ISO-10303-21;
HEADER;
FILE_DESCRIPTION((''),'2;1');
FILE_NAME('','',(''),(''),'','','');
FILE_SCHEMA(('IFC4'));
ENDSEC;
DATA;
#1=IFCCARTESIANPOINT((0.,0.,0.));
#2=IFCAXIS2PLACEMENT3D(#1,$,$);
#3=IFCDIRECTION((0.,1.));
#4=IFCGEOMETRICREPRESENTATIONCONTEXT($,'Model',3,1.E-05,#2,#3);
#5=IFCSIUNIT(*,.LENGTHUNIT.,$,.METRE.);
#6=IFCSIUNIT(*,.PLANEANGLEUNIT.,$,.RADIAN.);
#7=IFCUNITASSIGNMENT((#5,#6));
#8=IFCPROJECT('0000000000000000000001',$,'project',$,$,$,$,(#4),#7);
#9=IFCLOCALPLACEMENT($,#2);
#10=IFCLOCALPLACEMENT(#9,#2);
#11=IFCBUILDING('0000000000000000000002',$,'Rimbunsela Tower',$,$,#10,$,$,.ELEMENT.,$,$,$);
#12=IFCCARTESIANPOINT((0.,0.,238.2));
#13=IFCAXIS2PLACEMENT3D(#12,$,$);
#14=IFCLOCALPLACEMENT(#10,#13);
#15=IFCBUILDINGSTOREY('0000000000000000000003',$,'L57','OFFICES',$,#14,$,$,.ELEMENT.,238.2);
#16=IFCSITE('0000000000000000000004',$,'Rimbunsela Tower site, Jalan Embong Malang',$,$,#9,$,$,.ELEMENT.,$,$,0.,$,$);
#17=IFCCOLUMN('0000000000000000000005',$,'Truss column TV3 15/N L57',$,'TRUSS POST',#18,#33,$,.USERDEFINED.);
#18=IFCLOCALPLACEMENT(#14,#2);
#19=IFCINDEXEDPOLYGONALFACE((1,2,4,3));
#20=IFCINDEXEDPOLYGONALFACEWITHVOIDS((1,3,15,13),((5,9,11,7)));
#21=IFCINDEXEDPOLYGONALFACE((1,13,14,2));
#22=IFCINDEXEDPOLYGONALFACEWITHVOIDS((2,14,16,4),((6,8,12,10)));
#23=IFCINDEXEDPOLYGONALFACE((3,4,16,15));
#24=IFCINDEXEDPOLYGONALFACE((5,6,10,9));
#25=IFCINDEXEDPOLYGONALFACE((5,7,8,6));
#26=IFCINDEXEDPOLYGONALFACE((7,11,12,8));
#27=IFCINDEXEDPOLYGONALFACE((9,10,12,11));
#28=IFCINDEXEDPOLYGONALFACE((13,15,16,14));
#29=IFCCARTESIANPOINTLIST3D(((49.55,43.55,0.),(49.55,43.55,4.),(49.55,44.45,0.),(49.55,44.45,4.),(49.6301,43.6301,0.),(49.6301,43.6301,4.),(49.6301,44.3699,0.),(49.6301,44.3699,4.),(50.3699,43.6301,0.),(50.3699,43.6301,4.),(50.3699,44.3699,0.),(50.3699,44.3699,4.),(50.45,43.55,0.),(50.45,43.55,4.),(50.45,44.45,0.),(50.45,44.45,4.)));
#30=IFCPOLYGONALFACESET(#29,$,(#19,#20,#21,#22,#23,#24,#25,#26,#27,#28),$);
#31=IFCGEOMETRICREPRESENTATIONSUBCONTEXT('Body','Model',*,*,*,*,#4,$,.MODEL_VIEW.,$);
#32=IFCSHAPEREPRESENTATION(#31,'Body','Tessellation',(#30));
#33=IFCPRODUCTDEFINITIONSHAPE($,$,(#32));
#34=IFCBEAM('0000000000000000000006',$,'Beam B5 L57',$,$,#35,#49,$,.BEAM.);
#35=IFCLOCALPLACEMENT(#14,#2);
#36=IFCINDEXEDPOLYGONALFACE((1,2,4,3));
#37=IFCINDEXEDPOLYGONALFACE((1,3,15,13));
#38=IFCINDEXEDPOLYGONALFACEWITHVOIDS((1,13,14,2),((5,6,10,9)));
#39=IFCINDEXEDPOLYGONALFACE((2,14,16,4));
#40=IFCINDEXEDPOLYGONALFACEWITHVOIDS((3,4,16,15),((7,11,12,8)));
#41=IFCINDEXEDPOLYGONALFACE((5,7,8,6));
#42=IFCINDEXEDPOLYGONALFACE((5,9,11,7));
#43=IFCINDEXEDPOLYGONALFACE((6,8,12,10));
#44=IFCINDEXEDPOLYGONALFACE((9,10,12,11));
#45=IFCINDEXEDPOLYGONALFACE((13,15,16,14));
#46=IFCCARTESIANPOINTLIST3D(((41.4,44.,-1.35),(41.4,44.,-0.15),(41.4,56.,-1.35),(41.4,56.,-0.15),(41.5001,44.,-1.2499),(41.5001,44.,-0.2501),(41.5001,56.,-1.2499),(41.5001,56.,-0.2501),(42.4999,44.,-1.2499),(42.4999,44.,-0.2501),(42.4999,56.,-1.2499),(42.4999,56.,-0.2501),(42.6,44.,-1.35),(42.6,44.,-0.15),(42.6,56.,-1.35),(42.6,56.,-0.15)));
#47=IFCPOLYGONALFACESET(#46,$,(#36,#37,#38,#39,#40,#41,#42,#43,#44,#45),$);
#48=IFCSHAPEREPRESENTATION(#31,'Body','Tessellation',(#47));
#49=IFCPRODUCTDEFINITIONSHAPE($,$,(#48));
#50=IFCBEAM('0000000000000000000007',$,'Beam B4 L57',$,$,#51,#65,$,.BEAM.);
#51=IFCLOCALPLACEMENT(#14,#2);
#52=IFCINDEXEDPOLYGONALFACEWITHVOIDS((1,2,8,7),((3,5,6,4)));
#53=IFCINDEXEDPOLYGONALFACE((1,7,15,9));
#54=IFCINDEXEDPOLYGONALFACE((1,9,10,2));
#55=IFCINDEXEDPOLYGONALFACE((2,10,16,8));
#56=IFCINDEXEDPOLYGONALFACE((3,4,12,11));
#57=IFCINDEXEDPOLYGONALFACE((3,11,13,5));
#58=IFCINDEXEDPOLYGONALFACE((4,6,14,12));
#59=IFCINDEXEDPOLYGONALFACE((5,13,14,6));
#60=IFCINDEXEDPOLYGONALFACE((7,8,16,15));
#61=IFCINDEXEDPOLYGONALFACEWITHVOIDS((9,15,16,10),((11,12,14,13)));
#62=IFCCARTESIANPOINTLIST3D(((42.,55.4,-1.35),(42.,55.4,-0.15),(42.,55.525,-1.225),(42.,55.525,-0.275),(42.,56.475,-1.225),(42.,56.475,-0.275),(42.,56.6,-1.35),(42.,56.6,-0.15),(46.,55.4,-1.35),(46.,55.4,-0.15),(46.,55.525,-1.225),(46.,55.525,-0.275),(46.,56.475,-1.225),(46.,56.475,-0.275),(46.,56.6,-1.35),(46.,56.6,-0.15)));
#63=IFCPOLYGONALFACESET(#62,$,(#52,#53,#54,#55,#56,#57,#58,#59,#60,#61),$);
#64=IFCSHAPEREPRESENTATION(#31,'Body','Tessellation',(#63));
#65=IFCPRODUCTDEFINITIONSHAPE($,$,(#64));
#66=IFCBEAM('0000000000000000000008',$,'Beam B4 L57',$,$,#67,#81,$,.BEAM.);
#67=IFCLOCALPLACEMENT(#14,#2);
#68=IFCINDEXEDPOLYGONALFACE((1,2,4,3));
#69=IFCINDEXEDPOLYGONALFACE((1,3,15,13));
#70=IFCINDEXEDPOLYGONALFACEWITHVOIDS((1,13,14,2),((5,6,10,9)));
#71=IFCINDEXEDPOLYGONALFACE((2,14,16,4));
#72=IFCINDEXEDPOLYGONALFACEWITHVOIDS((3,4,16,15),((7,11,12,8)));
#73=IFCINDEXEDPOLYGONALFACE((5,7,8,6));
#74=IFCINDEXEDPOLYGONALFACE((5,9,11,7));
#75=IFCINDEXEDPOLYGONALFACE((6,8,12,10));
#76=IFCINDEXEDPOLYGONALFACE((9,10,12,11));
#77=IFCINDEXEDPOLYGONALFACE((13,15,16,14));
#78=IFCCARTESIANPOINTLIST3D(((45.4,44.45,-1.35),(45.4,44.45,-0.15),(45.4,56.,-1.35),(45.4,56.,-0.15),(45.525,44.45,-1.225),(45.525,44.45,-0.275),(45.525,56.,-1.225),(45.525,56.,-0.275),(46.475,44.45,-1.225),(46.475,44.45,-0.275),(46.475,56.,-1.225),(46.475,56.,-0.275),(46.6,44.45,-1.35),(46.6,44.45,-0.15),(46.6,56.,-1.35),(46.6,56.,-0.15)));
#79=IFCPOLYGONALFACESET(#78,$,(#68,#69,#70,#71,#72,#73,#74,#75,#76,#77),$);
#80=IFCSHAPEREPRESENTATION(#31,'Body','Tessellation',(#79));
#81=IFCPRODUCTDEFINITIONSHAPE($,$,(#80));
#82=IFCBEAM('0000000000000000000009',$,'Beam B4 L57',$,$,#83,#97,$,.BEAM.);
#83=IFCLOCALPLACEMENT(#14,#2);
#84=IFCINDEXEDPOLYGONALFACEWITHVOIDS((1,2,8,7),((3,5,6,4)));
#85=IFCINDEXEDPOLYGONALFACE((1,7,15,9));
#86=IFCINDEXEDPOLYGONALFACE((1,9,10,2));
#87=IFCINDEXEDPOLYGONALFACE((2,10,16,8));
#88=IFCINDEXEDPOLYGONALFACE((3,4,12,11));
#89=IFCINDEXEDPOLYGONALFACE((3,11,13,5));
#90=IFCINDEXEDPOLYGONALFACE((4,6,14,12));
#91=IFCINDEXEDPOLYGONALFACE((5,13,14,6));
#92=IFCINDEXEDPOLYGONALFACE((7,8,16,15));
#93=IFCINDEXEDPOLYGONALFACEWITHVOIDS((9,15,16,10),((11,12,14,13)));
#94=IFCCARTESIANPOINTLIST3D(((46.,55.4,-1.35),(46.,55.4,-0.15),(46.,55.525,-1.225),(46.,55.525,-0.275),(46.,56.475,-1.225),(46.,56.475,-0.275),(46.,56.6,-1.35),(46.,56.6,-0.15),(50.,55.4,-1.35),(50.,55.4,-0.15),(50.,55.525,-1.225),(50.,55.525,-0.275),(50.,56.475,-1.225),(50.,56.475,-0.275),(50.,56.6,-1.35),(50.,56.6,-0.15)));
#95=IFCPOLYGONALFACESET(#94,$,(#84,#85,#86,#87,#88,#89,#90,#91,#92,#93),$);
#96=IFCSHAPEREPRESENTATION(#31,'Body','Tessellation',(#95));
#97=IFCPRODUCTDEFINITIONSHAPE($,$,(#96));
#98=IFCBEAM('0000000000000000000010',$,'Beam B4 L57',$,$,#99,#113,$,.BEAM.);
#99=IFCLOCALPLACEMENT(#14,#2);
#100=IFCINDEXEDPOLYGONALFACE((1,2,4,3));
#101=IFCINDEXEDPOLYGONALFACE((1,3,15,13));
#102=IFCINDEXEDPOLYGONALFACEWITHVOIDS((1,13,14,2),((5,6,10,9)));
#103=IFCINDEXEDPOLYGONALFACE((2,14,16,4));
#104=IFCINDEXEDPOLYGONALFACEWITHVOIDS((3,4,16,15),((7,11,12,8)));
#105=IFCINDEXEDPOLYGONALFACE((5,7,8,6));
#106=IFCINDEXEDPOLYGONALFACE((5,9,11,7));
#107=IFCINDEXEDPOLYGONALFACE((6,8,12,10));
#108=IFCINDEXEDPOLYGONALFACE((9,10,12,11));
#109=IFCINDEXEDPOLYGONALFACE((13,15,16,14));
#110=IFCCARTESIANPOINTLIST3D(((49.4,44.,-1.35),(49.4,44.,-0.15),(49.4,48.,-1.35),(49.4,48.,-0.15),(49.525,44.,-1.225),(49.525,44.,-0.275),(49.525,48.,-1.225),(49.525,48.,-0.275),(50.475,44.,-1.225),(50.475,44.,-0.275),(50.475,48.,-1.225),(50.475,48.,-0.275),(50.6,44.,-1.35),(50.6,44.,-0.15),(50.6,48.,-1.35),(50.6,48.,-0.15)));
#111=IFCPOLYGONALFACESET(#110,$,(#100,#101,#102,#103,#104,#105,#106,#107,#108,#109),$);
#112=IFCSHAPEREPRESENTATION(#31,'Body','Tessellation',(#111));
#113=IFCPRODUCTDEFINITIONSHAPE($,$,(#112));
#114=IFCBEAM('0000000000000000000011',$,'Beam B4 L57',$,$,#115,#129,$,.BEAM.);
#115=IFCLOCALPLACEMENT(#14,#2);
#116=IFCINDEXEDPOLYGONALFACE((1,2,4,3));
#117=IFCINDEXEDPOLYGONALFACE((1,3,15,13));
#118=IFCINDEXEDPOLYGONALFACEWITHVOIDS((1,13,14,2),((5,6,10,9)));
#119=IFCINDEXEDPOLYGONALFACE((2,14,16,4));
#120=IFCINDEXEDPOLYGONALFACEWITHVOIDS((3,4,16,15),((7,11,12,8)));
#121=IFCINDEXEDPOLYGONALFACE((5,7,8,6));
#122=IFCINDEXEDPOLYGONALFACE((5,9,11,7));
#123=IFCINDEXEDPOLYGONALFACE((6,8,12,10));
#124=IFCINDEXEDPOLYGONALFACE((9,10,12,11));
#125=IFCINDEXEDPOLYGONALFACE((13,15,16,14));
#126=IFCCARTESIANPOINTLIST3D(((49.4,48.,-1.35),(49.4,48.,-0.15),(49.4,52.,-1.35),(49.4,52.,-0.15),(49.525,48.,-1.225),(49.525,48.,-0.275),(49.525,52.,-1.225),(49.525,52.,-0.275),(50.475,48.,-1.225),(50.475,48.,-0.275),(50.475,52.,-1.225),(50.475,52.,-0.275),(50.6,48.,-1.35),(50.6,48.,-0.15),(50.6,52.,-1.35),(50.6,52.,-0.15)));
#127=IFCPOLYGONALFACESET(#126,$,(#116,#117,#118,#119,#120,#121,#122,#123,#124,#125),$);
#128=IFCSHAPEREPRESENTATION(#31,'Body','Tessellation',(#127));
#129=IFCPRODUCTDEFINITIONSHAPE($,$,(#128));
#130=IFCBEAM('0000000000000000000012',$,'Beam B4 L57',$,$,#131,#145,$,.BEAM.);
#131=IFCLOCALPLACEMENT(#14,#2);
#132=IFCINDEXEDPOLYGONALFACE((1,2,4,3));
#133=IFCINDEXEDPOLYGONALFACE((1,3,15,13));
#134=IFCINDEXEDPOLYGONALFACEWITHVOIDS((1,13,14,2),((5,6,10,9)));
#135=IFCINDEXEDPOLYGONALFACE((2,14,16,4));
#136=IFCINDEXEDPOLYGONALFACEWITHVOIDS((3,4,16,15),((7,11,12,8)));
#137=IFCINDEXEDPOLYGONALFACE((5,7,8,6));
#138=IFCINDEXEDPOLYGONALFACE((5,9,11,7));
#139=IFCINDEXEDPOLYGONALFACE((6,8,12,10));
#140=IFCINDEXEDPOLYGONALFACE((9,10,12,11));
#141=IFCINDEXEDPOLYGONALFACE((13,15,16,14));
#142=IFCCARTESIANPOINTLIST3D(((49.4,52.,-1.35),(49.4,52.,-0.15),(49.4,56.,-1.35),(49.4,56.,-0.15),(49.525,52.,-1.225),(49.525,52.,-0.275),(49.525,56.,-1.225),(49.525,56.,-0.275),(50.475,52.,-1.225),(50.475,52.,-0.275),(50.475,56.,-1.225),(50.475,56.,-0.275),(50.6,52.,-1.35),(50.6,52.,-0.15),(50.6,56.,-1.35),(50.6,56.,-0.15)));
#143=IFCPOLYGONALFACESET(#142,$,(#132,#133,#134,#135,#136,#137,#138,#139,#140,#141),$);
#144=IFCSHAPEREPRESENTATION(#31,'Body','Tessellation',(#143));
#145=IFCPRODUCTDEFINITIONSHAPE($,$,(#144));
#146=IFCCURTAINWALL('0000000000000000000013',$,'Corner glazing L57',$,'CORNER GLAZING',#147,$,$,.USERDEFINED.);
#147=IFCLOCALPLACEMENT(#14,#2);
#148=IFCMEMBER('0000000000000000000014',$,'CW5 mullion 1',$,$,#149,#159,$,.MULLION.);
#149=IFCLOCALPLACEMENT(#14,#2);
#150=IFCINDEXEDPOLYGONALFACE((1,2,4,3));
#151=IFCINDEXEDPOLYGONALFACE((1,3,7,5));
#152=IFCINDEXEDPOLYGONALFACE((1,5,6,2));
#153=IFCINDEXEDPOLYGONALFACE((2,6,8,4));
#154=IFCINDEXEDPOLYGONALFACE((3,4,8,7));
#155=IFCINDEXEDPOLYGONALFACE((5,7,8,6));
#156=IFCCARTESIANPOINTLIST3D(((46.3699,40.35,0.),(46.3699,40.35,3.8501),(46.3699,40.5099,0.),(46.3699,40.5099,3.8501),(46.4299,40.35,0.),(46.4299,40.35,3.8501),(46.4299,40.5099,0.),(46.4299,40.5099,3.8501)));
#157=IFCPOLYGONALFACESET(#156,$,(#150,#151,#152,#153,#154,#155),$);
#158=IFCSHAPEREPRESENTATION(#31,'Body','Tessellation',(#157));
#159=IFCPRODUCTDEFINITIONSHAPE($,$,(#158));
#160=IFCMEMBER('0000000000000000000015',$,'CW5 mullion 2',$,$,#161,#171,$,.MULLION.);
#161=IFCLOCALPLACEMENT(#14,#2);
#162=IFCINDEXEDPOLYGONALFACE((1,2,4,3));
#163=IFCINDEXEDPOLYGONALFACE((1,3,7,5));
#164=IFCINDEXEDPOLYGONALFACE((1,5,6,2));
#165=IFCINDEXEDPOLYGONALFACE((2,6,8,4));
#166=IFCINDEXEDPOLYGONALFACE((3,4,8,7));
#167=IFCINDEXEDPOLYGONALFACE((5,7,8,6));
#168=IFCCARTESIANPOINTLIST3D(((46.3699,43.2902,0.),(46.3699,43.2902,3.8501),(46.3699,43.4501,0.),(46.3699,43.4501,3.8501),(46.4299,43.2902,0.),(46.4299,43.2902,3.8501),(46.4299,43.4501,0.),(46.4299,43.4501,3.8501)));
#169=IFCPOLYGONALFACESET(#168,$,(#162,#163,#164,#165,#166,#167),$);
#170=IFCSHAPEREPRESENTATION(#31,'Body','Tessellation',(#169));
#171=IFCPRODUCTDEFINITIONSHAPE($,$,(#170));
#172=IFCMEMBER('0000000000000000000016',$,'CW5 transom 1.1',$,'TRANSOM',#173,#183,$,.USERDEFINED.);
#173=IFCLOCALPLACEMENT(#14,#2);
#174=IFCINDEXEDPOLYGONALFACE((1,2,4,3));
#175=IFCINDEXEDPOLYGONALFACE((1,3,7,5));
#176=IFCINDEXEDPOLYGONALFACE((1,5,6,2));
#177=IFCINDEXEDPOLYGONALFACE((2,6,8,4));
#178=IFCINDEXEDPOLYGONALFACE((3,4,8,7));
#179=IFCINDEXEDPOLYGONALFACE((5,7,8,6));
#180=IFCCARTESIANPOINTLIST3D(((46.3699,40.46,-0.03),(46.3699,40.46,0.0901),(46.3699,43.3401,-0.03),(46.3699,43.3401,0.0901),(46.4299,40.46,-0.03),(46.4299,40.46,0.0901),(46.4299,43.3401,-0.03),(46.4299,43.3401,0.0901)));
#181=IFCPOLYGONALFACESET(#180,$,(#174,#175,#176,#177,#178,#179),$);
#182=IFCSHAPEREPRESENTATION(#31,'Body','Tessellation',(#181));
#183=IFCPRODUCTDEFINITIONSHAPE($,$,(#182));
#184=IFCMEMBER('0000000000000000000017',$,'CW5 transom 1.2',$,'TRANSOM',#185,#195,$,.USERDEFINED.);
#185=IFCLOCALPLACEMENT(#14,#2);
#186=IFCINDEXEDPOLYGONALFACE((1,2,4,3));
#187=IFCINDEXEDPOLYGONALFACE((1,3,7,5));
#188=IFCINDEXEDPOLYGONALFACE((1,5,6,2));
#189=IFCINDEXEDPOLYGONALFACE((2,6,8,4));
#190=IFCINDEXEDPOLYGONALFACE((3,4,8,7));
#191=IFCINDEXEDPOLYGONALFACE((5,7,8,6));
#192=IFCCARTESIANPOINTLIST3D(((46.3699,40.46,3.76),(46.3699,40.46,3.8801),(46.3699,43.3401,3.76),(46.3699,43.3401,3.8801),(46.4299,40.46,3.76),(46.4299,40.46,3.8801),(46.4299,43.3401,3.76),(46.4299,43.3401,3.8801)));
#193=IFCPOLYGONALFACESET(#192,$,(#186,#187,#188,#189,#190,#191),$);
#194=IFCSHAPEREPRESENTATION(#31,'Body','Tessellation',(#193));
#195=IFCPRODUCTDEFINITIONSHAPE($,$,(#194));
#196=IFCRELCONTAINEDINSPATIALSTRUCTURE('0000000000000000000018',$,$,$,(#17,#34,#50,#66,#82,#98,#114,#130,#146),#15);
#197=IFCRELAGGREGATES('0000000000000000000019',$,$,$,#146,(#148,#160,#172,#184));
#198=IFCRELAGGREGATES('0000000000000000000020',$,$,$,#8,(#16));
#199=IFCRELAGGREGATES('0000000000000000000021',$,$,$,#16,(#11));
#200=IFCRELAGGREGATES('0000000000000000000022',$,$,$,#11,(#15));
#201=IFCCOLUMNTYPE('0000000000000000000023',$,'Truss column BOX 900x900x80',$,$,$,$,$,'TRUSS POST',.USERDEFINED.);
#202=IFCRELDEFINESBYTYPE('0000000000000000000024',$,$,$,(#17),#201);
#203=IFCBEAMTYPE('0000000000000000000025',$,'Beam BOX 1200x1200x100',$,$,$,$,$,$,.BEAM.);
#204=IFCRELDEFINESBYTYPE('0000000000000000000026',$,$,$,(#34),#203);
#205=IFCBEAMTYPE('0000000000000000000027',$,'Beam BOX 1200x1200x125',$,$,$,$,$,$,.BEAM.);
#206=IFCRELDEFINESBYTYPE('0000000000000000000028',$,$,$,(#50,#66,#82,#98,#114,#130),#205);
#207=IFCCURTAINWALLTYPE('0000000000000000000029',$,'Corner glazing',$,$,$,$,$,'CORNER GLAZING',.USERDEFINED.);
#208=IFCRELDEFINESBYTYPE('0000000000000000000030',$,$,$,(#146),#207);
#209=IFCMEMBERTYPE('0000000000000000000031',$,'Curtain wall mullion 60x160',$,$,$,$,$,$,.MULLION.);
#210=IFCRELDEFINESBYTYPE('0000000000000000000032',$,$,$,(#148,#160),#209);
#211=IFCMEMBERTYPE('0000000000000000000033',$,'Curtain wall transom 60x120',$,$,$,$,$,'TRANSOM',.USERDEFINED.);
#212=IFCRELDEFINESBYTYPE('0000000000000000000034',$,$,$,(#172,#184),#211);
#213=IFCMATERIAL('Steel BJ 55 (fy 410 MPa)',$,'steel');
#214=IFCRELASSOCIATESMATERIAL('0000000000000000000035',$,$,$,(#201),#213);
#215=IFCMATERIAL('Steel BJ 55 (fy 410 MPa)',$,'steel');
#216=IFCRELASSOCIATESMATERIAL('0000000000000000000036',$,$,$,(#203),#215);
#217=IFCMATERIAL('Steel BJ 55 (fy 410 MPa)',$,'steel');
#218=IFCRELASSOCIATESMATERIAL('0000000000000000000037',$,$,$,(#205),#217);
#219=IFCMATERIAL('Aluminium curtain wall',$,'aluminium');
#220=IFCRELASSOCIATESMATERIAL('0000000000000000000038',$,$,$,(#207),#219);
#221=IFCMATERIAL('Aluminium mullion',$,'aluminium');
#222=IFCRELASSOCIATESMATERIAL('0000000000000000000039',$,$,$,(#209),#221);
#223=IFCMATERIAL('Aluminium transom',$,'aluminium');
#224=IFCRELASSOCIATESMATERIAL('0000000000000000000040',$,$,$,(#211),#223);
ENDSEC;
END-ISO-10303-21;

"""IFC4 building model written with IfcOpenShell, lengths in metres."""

from ifc_helpers import new_model, si_unit, direction, frame, origin, origin_2d, place, context, subcontext, project, spatial, rectangle, hollow_rectangle, extrude, material, material_profile, profile_set, type_object, element, aggregate, save


model = new_model("IFC4")

# Units and contexts
model_context = context("Model", 3, precision=1e-05, world=origin(), true_north=direction((0.0, 1.0)))
body_context = subcontext(model_context, "Body", "Model", "MODEL_VIEW")
ifc_project = project(units=[si_unit("LENGTHUNIT", "METRE"), si_unit("PLANEANGLEUNIT", "RADIAN")], contexts=[model_context])

# Site, building, storey
site_placement = place(None, origin())
site = spatial("IfcSite", under=ifc_project, at=site_placement, Name="Rimbunsela Tower site, Jalan Embong Malang", CompositionType="ELEMENT", RefElevation=0.0)
building_placement = place(site_placement, origin())
building = spatial("IfcBuilding", under=site, at=building_placement, Name="Rimbunsela Tower", CompositionType="ELEMENT")
storey_placement = place(building_placement, frame((0.0, 0.0, 238.2)))
storey = spatial("IfcBuildingStorey", under=building, at=storey_placement, Name="L57", Description="OFFICES", CompositionType="ELEMENT", Elevation=238.2)

# Column
ifc_material_1 = material(Name="Steel BJ 55 (fy 410 MPa)", Category="steel")
ifc_material_profile_1 = material_profile(ifc_material_1, hollow_rectangle(XDim=0.8999, YDim=0.8999, WallThickness=0.0801, at=origin_2d()), Name="BOX 900x900x80")
ifc_profile_set_1 = profile_set([ifc_material_profile_1], Name="Steel BJ 55 (fy 410 MPa)")
column_type = type_object("IfcColumnType", Name="Truss column BOX 900x900x80", ElementType="TRUSS POST", PredefinedType="USERDEFINED", material=ifc_profile_set_1)
column_placement = place(storey_placement, frame((50.0, 44.0, 0.0), z_axis=(0.0, 0.0, 1.0), x_axis=(1.0, 0.0, 0.0)))
element("IfcColumn", 1, at=column_placement, inside=storey, type_object=column_type, Name="Truss column TV3 15/N L57", ObjectType="TRUSS POST", PredefinedType="USERDEFINED", context=body_context, shape_type="SweptSolid", body=[
    extrude(hollow_rectangle(XDim=0.8999, YDim=0.8999, WallThickness=0.0801, at=origin_2d()), origin(), (0.0, 0.0, 1.0), 4.0),
])

# Beams
ifc_material_2 = material(Name="Steel BJ 55 (fy 410 MPa)", Category="steel")
ifc_material_profile_2 = material_profile(ifc_material_2, hollow_rectangle(XDim=1.2, YDim=1.2, WallThickness=0.1001, at=origin_2d()), Name="BOX 1200x1200x100")
ifc_profile_set_2 = profile_set([ifc_material_profile_2], Name="Steel BJ 55 (fy 410 MPa)")
beam_type_1 = type_object("IfcBeamType", Name="Beam BOX 1200x1200x100", PredefinedType="BEAM", material=ifc_profile_set_2)
beam_1_placement = place(storey_placement, frame((42.0, 44.0, -0.75), z_axis=(0.0, 1.0, 0.0), x_axis=(-1.0, 0.0, 0.0)))
element("IfcBeam", 2, at=beam_1_placement, inside=storey, type_object=beam_type_1, Name="Beam B5 L57", PredefinedType="BEAM", context=body_context, shape_type="SweptSolid", body=[
    extrude(hollow_rectangle(XDim=1.2, YDim=1.2, WallThickness=0.1001, at=origin_2d()), origin(), (0.0, 0.0, 1.0), 12.0),
])
ifc_material_3 = material(Name="Steel BJ 55 (fy 410 MPa)", Category="steel")
ifc_material_profile_3 = material_profile(ifc_material_3, hollow_rectangle(XDim=1.2, YDim=1.2, WallThickness=0.125, at=origin_2d()), Name="BOX 1200x1200x125")
ifc_profile_set_3 = profile_set([ifc_material_profile_3], Name="Steel BJ 55 (fy 410 MPa)")
beam_type_2 = type_object("IfcBeamType", Name="Beam BOX 1200x1200x125", PredefinedType="BEAM", material=ifc_profile_set_3)
beam_2_placement = place(storey_placement, frame((42.0, 56.0, -0.75), z_axis=(1.0, 0.0, 0.0), x_axis=(0.0, 1.0, 0.0)))
element("IfcBeam", 3, at=beam_2_placement, inside=storey, type_object=beam_type_2, Name="Beam B4 L57", PredefinedType="BEAM", context=body_context, shape_type="SweptSolid", body=[
    extrude(hollow_rectangle(XDim=1.2, YDim=1.2, WallThickness=0.125, at=origin_2d()), origin(), (0.0, 0.0, 1.0), 4.0),
])
beam_3_placement = place(storey_placement, frame((46.0, 44.45, -0.75), z_axis=(0.0, 1.0, 0.0), x_axis=(-1.0, 0.0, 0.0)))
element("IfcBeam", 4, at=beam_3_placement, inside=storey, type_object=beam_type_2, Name="Beam B4 L57", PredefinedType="BEAM", context=body_context, shape_type="SweptSolid", body=[
    extrude(hollow_rectangle(XDim=1.2, YDim=1.2, WallThickness=0.125, at=origin_2d()), origin(), (0.0, 0.0, 1.0), 11.55),
])
for number, where, z_axis, x_axis, name in (
    (5, (46.0, 56.0, -0.75), (1.0, 0.0, 0.0), (0.0, 1.0, 0.0), "Beam B4 L57"),
    (6, (50.0, 44.0, -0.75), (0.0, 1.0, 0.0), (-1.0, 0.0, 0.0), "Beam B4 L57"),
    (7, (50.0, 48.0, -0.75), (0.0, 1.0, 0.0), (-1.0, 0.0, 0.0), "Beam B4 L57"),
    (8, (50.0, 52.0, -0.75), (0.0, 1.0, 0.0), (-1.0, 0.0, 0.0), "Beam B4 L57"),
):
    element("IfcBeam", number, at=place(storey_placement, frame(where, z_axis=z_axis, x_axis=x_axis)), inside=storey, type_object=beam_type_2, Name=name, PredefinedType="BEAM", context=body_context, shape_type="SweptSolid", body=[
        extrude(hollow_rectangle(XDim=1.2, YDim=1.2, WallThickness=0.125, at=origin_2d()), origin(), (0.0, 0.0, 1.0), 4.0),
    ])

# Curtain wall, members
ifc_material_4 = material(Name="Aluminium curtain wall", Category="aluminium")
curtain_wall_type = type_object("IfcCurtainWallType", Name="Corner glazing", ElementType="CORNER GLAZING", PredefinedType="USERDEFINED", material=ifc_material_4)
curtain_wall_placement = place(storey_placement, origin())
curtain_wall = element("IfcCurtainWall", 9, at=curtain_wall_placement, inside=storey, type_object=curtain_wall_type, Name="Corner glazing L57", ObjectType="CORNER GLAZING", PredefinedType="USERDEFINED")
ifc_material_5 = material(Name="Aluminium mullion", Category="aluminium")
ifc_material_profile_4 = material_profile(ifc_material_5, rectangle(XDim=0.0601, YDim=0.1599, at=origin_2d()), Name="Mullion 60x160")
ifc_profile_set_4 = profile_set([ifc_material_profile_4], Name="Aluminium mullion")
member_type_1 = type_object("IfcMemberType", Name="Curtain wall mullion 60x160", PredefinedType="MULLION", material=ifc_profile_set_4)
member_1_placement = place(storey_placement, frame((46.3999, 40.4299, 0.0), z_axis=(0.0, 0.0, 1.0), x_axis=(-1.0, 0.0, 0.0)))
member_1 = element("IfcMember", 10, at=member_1_placement, type_object=member_type_1, Name="CW5 mullion 1", PredefinedType="MULLION", context=body_context, shape_type="SweptSolid", body=[
    extrude(rectangle(XDim=0.0601, YDim=0.1599, at=origin_2d()), origin(), (0.0, 0.0, 1.0), 3.8501),
])
member_2_placement = place(storey_placement, frame((46.3999, 43.3701, 0.0), z_axis=(0.0, 0.0, 1.0), x_axis=(-1.0, 0.0, 0.0)))
member_2 = element("IfcMember", 11, at=member_2_placement, type_object=member_type_1, Name="CW5 mullion 2", PredefinedType="MULLION", context=body_context, shape_type="SweptSolid", body=[
    extrude(rectangle(XDim=0.0601, YDim=0.1599, at=origin_2d()), origin(), (0.0, 0.0, 1.0), 3.8501),
])
ifc_material_6 = material(Name="Aluminium transom", Category="aluminium")
ifc_material_profile_5 = material_profile(ifc_material_6, rectangle(XDim=0.0601, YDim=0.1201, at=origin_2d()), Name="Transom 60x120")
ifc_profile_set_5 = profile_set([ifc_material_profile_5], Name="Aluminium transom")
member_type_2 = type_object("IfcMemberType", Name="Curtain wall transom 60x120", ElementType="TRANSOM", PredefinedType="USERDEFINED", material=ifc_profile_set_5)
member_3_placement = place(storey_placement, frame((46.3999, 40.46, 0.03), z_axis=(0.0, 1.0, 0.0), x_axis=(-1.0, 0.0, 0.0)))
member_3 = element("IfcMember", 12, at=member_3_placement, type_object=member_type_2, Name="CW5 transom 1.1", ObjectType="TRANSOM", PredefinedType="USERDEFINED", context=body_context, shape_type="SweptSolid", body=[
    extrude(rectangle(XDim=0.0601, YDim=0.1201, at=origin_2d()), origin(), (0.0, 0.0, 1.0), 2.8801),
])
member_4_placement = place(storey_placement, frame((46.3999, 40.46, 3.8201), z_axis=(0.0, 1.0, 0.0), x_axis=(-1.0, 0.0, 0.0)))
member_4 = element("IfcMember", 13, at=member_4_placement, type_object=member_type_2, Name="CW5 transom 1.2", ObjectType="TRANSOM", PredefinedType="USERDEFINED", context=body_context, shape_type="SweptSolid", body=[
    extrude(rectangle(XDim=0.0601, YDim=0.1201, at=origin_2d()), origin(), (0.0, 0.0, 1.0), 2.8801),
])

aggregate(curtain_wall, [member_1, member_2, member_3, member_4])

save(model, "model.ifc")
